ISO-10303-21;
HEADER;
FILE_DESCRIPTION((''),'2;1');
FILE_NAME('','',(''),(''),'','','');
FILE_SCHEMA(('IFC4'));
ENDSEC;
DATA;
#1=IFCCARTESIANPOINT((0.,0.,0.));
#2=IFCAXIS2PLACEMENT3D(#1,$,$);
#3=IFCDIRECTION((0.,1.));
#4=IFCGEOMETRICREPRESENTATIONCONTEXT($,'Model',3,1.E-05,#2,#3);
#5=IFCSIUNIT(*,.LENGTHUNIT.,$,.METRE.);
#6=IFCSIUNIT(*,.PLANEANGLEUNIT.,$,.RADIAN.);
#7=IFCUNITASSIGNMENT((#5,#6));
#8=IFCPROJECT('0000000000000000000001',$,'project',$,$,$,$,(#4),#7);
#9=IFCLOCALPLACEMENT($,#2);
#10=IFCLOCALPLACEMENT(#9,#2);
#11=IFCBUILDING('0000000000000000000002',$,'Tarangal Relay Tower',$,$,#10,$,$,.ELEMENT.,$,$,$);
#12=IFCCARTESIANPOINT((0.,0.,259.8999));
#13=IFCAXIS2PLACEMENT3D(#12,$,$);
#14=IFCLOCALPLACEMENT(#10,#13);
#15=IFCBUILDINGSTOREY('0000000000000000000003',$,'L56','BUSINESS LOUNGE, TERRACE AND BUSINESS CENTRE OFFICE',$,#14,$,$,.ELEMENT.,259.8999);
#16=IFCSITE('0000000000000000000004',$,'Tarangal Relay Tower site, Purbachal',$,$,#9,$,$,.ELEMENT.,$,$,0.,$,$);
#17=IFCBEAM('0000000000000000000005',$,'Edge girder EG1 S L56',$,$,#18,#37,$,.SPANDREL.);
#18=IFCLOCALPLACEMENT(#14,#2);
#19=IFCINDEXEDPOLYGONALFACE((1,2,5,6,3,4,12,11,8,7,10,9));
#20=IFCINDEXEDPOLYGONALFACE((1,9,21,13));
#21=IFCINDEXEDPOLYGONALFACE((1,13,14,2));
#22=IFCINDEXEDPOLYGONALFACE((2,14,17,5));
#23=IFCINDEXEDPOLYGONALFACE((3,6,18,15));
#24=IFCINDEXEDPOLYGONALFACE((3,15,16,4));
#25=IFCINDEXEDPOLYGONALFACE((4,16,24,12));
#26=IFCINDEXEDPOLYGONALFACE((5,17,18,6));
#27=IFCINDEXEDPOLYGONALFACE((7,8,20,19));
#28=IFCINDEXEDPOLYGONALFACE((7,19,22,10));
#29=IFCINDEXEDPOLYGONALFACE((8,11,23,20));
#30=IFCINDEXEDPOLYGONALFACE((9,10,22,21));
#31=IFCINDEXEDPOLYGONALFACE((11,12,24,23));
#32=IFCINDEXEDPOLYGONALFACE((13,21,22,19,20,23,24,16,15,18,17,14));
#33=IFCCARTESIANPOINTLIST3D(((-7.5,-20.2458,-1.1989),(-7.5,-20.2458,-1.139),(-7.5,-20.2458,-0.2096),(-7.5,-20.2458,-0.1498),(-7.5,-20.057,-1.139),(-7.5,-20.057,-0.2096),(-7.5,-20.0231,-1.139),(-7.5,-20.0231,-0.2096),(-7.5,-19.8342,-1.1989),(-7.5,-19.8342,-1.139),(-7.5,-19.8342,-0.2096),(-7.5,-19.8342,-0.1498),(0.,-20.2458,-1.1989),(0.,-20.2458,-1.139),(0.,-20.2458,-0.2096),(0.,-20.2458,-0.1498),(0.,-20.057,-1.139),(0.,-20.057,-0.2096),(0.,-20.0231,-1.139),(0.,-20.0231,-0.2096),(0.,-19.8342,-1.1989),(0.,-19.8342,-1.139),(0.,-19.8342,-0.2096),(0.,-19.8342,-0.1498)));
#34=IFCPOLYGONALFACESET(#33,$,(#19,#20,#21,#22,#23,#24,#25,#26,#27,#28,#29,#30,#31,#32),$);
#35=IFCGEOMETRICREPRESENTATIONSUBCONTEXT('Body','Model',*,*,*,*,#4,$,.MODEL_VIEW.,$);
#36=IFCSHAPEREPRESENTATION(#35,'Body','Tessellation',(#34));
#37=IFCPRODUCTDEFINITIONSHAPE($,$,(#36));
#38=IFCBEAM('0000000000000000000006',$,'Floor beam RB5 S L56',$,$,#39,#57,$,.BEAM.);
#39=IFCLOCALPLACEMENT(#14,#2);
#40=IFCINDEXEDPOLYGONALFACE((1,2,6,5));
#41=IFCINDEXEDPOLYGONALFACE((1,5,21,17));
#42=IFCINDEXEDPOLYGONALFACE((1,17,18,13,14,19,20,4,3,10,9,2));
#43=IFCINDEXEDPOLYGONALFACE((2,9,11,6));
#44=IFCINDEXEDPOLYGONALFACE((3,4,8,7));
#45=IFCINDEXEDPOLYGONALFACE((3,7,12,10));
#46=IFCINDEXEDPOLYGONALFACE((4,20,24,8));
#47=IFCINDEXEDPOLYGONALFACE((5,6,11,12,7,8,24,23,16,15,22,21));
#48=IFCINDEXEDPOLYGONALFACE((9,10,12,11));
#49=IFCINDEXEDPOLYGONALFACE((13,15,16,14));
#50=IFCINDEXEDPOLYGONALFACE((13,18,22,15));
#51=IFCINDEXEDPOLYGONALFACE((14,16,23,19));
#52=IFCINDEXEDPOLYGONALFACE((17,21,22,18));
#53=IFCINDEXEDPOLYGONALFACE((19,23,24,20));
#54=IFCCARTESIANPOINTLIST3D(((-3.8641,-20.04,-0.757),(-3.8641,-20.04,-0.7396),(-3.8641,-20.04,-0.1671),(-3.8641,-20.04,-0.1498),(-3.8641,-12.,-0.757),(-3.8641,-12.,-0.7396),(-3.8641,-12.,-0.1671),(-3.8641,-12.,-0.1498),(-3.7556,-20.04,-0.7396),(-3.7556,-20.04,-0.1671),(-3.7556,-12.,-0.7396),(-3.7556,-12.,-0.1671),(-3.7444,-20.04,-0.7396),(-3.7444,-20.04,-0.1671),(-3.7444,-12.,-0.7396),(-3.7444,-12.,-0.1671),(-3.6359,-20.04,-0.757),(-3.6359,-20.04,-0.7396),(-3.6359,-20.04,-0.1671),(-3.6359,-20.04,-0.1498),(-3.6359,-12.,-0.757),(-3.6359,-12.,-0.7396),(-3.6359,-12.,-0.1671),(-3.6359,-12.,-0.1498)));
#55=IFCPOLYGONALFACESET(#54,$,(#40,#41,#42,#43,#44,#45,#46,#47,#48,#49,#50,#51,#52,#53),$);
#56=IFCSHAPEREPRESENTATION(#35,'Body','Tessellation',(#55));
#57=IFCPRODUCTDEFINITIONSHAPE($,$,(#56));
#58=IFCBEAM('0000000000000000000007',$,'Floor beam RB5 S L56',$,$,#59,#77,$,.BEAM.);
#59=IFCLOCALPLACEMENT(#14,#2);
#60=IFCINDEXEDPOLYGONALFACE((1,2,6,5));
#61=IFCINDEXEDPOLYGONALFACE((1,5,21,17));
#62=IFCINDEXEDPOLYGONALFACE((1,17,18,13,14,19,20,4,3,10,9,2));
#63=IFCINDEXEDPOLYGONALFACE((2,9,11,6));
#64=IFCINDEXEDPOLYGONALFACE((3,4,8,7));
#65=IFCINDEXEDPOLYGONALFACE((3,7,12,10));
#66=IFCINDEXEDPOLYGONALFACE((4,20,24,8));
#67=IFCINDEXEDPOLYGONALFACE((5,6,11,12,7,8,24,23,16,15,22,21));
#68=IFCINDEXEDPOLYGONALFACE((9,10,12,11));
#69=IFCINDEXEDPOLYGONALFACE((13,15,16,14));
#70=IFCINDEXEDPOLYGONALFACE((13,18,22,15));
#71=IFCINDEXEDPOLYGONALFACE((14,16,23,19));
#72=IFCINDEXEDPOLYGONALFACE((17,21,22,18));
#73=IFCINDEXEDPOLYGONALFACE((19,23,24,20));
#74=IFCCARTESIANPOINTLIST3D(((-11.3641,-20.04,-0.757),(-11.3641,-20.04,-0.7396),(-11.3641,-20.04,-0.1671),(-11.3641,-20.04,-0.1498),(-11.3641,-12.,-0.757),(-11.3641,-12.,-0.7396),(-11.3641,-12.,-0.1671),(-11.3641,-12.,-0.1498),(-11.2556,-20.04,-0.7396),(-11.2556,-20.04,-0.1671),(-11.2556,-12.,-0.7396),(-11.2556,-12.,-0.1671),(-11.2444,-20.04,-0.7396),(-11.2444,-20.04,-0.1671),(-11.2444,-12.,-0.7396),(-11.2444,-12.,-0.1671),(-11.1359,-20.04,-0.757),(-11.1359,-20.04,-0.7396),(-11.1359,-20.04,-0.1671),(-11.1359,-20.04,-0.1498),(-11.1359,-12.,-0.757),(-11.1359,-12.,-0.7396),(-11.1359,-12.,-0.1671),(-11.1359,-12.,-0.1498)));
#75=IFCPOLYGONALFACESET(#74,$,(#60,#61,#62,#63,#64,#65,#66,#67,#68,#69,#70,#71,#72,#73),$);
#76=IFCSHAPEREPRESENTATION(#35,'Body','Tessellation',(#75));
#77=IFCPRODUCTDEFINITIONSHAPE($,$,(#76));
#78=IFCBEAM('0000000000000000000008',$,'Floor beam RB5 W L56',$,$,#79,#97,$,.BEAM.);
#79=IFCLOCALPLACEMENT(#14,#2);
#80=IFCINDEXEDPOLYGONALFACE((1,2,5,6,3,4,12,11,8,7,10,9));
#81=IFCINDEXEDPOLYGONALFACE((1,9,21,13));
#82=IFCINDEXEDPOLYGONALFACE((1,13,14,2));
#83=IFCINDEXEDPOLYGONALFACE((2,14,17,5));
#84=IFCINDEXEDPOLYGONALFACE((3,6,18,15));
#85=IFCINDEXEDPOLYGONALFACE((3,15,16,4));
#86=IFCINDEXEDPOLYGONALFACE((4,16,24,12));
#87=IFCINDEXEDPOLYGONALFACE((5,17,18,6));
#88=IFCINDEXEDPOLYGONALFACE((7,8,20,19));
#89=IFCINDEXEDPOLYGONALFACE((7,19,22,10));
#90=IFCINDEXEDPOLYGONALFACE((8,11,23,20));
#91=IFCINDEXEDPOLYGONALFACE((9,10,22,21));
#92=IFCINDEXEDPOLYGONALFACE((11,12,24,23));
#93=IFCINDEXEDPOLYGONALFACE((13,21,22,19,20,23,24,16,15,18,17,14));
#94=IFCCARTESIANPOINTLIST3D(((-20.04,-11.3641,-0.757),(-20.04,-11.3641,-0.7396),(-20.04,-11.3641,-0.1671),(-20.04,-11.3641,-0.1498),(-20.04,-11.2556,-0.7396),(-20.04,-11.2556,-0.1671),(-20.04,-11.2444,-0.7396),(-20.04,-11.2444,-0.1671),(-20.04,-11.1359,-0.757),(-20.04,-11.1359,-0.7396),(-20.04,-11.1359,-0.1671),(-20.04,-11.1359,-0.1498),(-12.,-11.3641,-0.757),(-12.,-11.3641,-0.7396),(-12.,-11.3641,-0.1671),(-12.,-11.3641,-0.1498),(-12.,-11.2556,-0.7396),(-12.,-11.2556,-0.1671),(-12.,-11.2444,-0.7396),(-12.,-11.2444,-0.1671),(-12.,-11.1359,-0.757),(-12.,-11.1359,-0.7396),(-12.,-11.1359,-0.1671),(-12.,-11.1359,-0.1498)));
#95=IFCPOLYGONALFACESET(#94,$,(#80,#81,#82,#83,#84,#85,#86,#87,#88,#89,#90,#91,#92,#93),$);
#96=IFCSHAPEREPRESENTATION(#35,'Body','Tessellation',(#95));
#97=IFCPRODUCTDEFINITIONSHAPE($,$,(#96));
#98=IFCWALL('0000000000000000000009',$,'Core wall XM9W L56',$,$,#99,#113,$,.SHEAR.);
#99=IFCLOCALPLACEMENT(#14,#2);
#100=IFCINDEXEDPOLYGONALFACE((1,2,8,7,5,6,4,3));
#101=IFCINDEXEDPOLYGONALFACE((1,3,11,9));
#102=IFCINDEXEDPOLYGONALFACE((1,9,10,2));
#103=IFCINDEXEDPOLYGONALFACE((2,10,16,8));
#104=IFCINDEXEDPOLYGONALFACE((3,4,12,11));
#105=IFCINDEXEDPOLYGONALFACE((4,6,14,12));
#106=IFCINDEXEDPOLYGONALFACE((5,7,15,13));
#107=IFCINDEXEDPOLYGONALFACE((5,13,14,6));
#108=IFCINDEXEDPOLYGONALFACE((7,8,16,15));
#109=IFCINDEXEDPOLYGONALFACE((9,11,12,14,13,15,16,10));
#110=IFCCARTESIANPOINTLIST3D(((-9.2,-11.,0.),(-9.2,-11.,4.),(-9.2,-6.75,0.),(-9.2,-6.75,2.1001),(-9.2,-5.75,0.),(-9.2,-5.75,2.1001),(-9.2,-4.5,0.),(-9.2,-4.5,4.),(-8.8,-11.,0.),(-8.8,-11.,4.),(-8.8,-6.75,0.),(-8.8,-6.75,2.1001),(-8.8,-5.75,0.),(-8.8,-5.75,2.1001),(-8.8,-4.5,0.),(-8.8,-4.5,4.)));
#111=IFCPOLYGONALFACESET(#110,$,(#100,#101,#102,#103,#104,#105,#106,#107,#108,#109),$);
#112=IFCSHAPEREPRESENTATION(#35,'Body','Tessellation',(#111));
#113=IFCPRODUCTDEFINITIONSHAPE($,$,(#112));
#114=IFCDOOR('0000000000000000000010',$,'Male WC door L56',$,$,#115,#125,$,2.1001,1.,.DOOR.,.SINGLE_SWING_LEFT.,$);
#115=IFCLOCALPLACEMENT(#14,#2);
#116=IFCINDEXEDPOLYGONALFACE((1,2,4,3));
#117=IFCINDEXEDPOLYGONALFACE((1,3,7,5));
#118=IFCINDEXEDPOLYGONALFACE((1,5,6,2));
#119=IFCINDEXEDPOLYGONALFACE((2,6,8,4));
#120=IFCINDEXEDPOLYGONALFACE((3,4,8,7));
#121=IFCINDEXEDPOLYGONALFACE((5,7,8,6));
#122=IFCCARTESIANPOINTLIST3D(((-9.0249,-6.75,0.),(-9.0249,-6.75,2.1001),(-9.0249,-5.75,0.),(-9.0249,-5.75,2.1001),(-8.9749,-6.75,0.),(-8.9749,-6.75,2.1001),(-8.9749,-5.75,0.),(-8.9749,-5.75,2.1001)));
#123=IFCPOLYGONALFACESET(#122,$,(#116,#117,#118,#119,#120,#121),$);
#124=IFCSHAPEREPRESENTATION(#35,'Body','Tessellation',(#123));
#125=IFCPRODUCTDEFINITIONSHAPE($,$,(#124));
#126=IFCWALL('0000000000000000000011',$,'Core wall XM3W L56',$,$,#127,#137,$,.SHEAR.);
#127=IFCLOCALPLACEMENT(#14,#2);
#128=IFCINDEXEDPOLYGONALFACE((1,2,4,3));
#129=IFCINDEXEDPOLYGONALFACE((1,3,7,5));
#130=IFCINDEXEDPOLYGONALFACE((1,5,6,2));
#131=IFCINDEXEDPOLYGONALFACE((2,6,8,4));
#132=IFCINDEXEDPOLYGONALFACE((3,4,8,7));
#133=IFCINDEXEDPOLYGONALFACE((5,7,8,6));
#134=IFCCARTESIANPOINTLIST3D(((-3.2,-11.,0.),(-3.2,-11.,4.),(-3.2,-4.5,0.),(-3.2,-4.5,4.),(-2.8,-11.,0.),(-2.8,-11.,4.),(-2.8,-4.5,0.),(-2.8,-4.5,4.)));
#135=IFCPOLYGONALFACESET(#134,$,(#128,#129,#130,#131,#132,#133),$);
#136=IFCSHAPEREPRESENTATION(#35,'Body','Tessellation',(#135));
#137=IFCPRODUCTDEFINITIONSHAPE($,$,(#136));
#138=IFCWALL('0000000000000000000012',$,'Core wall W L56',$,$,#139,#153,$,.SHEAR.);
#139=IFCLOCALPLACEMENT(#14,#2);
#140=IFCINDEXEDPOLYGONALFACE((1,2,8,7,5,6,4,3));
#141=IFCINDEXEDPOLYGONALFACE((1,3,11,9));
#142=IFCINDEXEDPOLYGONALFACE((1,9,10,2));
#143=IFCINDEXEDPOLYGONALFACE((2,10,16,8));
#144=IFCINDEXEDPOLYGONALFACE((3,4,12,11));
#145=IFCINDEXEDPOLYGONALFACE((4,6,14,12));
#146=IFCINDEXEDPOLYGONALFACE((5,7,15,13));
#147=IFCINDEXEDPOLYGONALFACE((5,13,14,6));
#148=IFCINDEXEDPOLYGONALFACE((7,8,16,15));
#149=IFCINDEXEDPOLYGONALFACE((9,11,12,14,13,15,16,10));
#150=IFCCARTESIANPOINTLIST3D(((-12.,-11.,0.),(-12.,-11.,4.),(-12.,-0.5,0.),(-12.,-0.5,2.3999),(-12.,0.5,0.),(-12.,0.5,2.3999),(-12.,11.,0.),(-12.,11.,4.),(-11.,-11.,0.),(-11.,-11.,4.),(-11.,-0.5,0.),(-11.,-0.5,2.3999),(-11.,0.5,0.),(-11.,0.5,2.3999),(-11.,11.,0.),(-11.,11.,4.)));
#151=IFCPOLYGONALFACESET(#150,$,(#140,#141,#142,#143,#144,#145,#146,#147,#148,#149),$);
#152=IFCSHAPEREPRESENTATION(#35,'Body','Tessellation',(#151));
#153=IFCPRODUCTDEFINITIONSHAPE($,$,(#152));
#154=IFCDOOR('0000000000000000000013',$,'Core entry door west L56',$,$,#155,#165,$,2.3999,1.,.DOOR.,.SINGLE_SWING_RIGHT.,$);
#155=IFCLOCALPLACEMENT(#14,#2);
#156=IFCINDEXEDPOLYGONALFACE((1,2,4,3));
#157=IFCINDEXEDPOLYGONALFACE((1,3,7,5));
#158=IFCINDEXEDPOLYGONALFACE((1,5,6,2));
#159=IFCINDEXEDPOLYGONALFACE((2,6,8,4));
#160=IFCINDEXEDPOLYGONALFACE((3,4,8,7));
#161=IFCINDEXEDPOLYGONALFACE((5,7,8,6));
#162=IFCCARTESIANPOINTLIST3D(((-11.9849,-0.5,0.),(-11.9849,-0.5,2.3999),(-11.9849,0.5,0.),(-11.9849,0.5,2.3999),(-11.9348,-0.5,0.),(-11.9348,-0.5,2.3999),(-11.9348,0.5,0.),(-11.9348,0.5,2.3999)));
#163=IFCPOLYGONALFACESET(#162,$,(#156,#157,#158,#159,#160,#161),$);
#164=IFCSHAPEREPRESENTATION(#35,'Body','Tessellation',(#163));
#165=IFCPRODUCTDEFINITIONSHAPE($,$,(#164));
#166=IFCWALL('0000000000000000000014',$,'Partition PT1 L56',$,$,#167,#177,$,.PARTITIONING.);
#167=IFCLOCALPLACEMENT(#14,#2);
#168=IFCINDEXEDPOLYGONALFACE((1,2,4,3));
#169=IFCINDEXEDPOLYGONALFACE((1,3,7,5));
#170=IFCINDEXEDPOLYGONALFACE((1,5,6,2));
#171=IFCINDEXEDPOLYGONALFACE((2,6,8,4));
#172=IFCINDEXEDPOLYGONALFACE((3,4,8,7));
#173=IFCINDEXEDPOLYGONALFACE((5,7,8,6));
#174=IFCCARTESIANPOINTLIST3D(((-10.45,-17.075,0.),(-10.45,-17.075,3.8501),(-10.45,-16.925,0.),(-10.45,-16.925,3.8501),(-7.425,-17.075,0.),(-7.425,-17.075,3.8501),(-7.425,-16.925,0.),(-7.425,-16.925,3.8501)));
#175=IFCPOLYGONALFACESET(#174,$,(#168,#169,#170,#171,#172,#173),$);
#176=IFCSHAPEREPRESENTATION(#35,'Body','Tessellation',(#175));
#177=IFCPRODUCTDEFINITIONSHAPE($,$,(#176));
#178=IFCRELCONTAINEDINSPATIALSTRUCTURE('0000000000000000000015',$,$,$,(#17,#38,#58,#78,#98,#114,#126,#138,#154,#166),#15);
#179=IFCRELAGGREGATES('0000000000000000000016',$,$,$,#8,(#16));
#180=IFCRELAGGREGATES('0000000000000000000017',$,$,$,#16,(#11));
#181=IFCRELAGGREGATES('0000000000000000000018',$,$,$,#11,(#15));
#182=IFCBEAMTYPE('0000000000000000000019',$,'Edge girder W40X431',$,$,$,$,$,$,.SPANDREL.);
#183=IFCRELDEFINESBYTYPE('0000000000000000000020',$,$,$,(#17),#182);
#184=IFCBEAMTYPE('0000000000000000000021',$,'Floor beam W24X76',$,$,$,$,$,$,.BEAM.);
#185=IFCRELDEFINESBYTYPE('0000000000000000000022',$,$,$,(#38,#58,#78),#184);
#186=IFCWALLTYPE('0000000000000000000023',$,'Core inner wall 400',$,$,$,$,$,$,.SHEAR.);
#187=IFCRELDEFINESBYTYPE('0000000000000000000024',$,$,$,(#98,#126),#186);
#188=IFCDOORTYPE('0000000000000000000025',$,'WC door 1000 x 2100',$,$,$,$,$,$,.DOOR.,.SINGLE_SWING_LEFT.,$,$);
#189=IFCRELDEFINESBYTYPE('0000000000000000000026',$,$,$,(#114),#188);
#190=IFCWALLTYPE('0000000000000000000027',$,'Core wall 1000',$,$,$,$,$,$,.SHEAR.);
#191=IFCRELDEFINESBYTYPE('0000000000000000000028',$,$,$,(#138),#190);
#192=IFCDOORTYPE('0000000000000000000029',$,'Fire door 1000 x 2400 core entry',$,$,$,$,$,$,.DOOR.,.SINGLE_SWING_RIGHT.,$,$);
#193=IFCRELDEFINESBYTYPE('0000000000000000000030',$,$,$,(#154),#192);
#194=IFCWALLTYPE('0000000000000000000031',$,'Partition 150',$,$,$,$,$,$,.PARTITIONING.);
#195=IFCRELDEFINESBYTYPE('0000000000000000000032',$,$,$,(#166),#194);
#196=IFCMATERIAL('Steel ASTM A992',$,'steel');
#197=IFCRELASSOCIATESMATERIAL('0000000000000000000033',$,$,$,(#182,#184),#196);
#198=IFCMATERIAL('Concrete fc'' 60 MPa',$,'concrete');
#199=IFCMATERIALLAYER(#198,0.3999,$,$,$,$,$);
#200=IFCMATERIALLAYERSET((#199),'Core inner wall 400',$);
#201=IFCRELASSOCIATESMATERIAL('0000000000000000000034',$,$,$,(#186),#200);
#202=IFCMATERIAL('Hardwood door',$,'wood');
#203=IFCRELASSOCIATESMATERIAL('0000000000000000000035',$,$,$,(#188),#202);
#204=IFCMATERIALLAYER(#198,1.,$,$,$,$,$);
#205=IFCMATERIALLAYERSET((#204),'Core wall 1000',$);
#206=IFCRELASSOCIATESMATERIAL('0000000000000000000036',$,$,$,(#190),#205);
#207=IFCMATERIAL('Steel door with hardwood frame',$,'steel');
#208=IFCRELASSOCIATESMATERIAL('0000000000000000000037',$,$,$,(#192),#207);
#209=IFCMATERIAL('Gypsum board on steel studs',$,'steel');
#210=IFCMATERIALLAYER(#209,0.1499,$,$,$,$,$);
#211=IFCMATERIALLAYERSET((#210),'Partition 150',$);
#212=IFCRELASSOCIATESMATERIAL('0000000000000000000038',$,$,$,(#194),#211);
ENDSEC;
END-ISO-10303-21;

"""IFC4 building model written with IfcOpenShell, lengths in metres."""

from ifc_helpers import new_model, si_unit, direction, frame, frame_2d, origin, origin_2d, place, context, subcontext, project, spatial, rectangle, i_section, extrude, material, layer, layer_set, material_profile, profile_set, type_object, element, fill, save


model = new_model("IFC4")

# Units and contexts
model_context = context("Model", 3, precision=1e-05, world=origin(), true_north=direction((0.0, 1.0)))
body_context = subcontext(model_context, "Body", "Model", "MODEL_VIEW")
ifc_project = project(units=[si_unit("LENGTHUNIT", "METRE"), si_unit("PLANEANGLEUNIT", "RADIAN")], contexts=[model_context])

# Site, building, storey
site_placement = place(None, origin())
site = spatial("IfcSite", under=ifc_project, at=site_placement, Name="Tarangal Relay Tower site, Purbachal", CompositionType="ELEMENT", RefElevation=0.0)
building_placement = place(site_placement, origin())
building = spatial("IfcBuilding", under=site, at=building_placement, Name="Tarangal Relay Tower", CompositionType="ELEMENT")
storey_placement = place(building_placement, frame((0.0, 0.0, 259.8999)))
storey = spatial("IfcBuildingStorey", under=building, at=storey_placement, Name="L56", Description="BUSINESS LOUNGE, TERRACE AND BUSINESS CENTRE OFFICE", CompositionType="ELEMENT", Elevation=259.8999)

# Beams
ifc_material_1 = material(Name="Steel ASTM A992", Category="steel")
ifc_material_profile_1 = material_profile(ifc_material_1, i_section(OverallWidth=0.4116, OverallDepth=1.0491, WebThickness=0.0339, FlangeThickness=0.0598, at=origin_2d()), Name="W40X431")
ifc_profile_set_1 = profile_set([ifc_material_profile_1], Name="Steel ASTM A992")
beam_type_1 = type_object("IfcBeamType", Name="Edge girder W40X431", PredefinedType="SPANDREL", material=ifc_profile_set_1)
beam_placement = place(storey_placement, frame((0.0, -20.04, -0.6743), z_axis=(-1.0, 0.0, 0.0), x_axis=(0.0, -1.0, 0.0)))
element("IfcBeam", 1, at=beam_placement, inside=storey, type_object=beam_type_1, Name="Edge girder EG1 S L56", PredefinedType="SPANDREL", context=body_context, shape_type="SweptSolid", body=[
    extrude(i_section(OverallWidth=0.4116, OverallDepth=1.0491, WebThickness=0.0339, FlangeThickness=0.0598, at=origin_2d()), origin(), (0.0, 0.0, 1.0), 7.5),
])
ifc_material_profile_2 = material_profile(ifc_material_1, i_section(OverallWidth=0.2283, OverallDepth=0.6072, WebThickness=0.0112, FlangeThickness=0.0173, at=origin_2d()), Name="W24X76")
ifc_profile_set_2 = profile_set([ifc_material_profile_2], Name="Steel ASTM A992")
beam_type_2 = type_object("IfcBeamType", Name="Floor beam W24X76", PredefinedType="BEAM", material=ifc_profile_set_2)
for number, where, z_axis, x_axis, name in (
    (2, (-3.75, -12.0, -0.4534), (0.0, -1.0, 0.0), (1.0, 0.0, 0.0), "Floor beam RB5 S L56"),
    (3, (-11.25, -12.0, -0.4534), (0.0, -1.0, 0.0), (1.0, 0.0, 0.0), "Floor beam RB5 S L56"),
    (4, (-12.0, -11.25, -0.4534), (-1.0, 0.0, 0.0), (0.0, -1.0, 0.0), "Floor beam RB5 W L56"),
):
    element("IfcBeam", number, at=place(storey_placement, frame(where, z_axis=z_axis, x_axis=x_axis)), inside=storey, type_object=beam_type_2, Name=name, PredefinedType="BEAM", context=body_context, shape_type="SweptSolid", body=[
        extrude(i_section(OverallWidth=0.2283, OverallDepth=0.6072, WebThickness=0.0112, FlangeThickness=0.0173, at=origin_2d()), origin(), (0.0, 0.0, 1.0), 8.04),
    ])

# Wall, opening, door
ifc_material_2 = material(Name="Concrete fc' 60 MPa", Category="concrete")
ifc_layer_1 = layer(ifc_material_2, 0.3999)
ifc_layer_set_1 = layer_set([ifc_layer_1], Name="Core inner wall 400")
wall_type_1 = type_object("IfcWallType", Name="Core inner wall 400", PredefinedType="SHEAR", material=ifc_layer_set_1)
wall_1_placement = place(storey_placement, frame((-9.0, -11.0, 0.0), z_axis=(0.0, 0.0, 1.0), x_axis=(0.0, 1.0, 0.0)))
wall_1 = element("IfcWall", 5, at=wall_1_placement, inside=storey, type_object=wall_type_1, Name="Core wall XM9W L56", PredefinedType="SHEAR", context=body_context, shape_type="SweptSolid", body=[
    extrude(rectangle(XDim=6.5, YDim=0.3999, at=frame_2d((3.25, 0.0))), origin(), (0.0, 0.0, 1.0), 4.0),
])
opening_1_placement = place(wall_1_placement, frame((4.25, 0.0, 0.0)))
opening_1 = element("IfcOpeningElement", 6, at=opening_1_placement, cuts=wall_1, PredefinedType="OPENING", context=body_context, shape_type="SweptSolid", body=[
    extrude(rectangle(XDim=1.0, YDim=2.1001, at=frame_2d((0.5, 1.05))), frame((0.0, 0.21, 0.0), z_axis=(0.0, -1.0, 0.0), x_axis=(1.0, 0.0, 0.0)), (0.0, 0.0, 1.0), 0.4199),
])
ifc_material_3 = material(Name="Hardwood door", Category="wood")
door_type_1 = type_object("IfcDoorType", Name="WC door 1000 x 2100", OperationType="SINGLE_SWING_LEFT", PredefinedType="DOOR", material=ifc_material_3)
door_1_placement = place(opening_1_placement, origin())
door_1 = element("IfcDoor", 7, at=door_1_placement, inside=storey, type_object=door_type_1, Name="Male WC door L56", OperationType="SINGLE_SWING_LEFT", OverallHeight=2.1001, OverallWidth=1.0, PredefinedType="DOOR", context=body_context, shape_type="SweptSolid", body=[
    extrude(rectangle(XDim=1.0, YDim=2.1001, at=frame_2d((0.5, 1.05))), frame((0.0, 0.0249, 0.0), z_axis=(0.0, -1.0, 0.0), x_axis=(1.0, 0.0, 0.0)), (0.0, 0.0, 1.0), 0.05),
])
fill(opening_1, door_1)

# Wall
wall_2_placement = place(storey_placement, frame((-3.0, -11.0, 0.0), z_axis=(0.0, 0.0, 1.0), x_axis=(0.0, 1.0, 0.0)))
element("IfcWall", 8, at=wall_2_placement, inside=storey, type_object=wall_type_1, Name="Core wall XM3W L56", PredefinedType="SHEAR", context=body_context, shape_type="SweptSolid", body=[
    extrude(rectangle(XDim=6.5, YDim=0.3999, at=frame_2d((3.25, 0.0))), origin(), (0.0, 0.0, 1.0), 4.0),
])

# Wall, opening, door
ifc_layer_2 = layer(ifc_material_2, 1.0)
ifc_layer_set_2 = layer_set([ifc_layer_2], Name="Core wall 1000")
wall_type_2 = type_object("IfcWallType", Name="Core wall 1000", PredefinedType="SHEAR", material=ifc_layer_set_2)
wall_3_placement = place(storey_placement, frame((-11.5, -11.0, 0.0), z_axis=(0.0, 0.0, 1.0), x_axis=(0.0, 1.0, 0.0)))
wall_3 = element("IfcWall", 9, at=wall_3_placement, inside=storey, type_object=wall_type_2, Name="Core wall W L56", PredefinedType="SHEAR", context=body_context, shape_type="SweptSolid", body=[
    extrude(rectangle(XDim=22.0, YDim=1.0, at=frame_2d((11.0, 0.0))), origin(), (0.0, 0.0, 1.0), 4.0),
])
opening_2_placement = place(wall_3_placement, frame((10.5, 0.0, 0.0)))
opening_2 = element("IfcOpeningElement", 10, at=opening_2_placement, cuts=wall_3, PredefinedType="OPENING", context=body_context, shape_type="SweptSolid", body=[
    extrude(rectangle(XDim=1.0, YDim=2.3999, at=frame_2d((0.5, 1.2))), frame((0.0, 0.51, 0.0), z_axis=(0.0, -1.0, 0.0), x_axis=(1.0, 0.0, 0.0)), (0.0, 0.0, 1.0), 1.02),
])
ifc_material_4 = material(Name="Steel door with hardwood frame", Category="steel")
door_type_2 = type_object("IfcDoorType", Name="Fire door 1000 x 2400 core entry", OperationType="SINGLE_SWING_RIGHT", PredefinedType="DOOR", material=ifc_material_4)
door_2_placement = place(opening_2_placement, origin())
door_2 = element("IfcDoor", 11, at=door_2_placement, inside=storey, type_object=door_type_2, Name="Core entry door west L56", OperationType="SINGLE_SWING_RIGHT", OverallHeight=2.3999, OverallWidth=1.0, PredefinedType="DOOR", context=body_context, shape_type="SweptSolid", body=[
    extrude(rectangle(XDim=1.0, YDim=2.3999, at=frame_2d((0.5, 1.2))), frame((0.0, 0.4849, 0.0), z_axis=(0.0, -1.0, 0.0), x_axis=(1.0, 0.0, 0.0)), (0.0, 0.0, 1.0), 0.05),
])
fill(opening_2, door_2)

# Wall
ifc_material_5 = material(Name="Gypsum board on steel studs", Category="steel")
ifc_layer_3 = layer(ifc_material_5, 0.1499)
ifc_layer_set_3 = layer_set([ifc_layer_3], Name="Partition 150")
wall_type_3 = type_object("IfcWallType", Name="Partition 150", PredefinedType="PARTITIONING", material=ifc_layer_set_3)
wall_4_placement = place(storey_placement, frame((-10.45, -17.0, 0.0), z_axis=(0.0, 0.0, 1.0), x_axis=(1.0, 0.0, 0.0)))
element("IfcWall", 12, at=wall_4_placement, inside=storey, type_object=wall_type_3, Name="Partition PT1 L56", PredefinedType="PARTITIONING", context=body_context, shape_type="SweptSolid", body=[
    extrude(rectangle(XDim=3.0249, YDim=0.1499, at=frame_2d((1.5125, 0.0))), origin(), (0.0, 0.0, 1.0), 3.8501),
])

save(model, "model.ifc")
